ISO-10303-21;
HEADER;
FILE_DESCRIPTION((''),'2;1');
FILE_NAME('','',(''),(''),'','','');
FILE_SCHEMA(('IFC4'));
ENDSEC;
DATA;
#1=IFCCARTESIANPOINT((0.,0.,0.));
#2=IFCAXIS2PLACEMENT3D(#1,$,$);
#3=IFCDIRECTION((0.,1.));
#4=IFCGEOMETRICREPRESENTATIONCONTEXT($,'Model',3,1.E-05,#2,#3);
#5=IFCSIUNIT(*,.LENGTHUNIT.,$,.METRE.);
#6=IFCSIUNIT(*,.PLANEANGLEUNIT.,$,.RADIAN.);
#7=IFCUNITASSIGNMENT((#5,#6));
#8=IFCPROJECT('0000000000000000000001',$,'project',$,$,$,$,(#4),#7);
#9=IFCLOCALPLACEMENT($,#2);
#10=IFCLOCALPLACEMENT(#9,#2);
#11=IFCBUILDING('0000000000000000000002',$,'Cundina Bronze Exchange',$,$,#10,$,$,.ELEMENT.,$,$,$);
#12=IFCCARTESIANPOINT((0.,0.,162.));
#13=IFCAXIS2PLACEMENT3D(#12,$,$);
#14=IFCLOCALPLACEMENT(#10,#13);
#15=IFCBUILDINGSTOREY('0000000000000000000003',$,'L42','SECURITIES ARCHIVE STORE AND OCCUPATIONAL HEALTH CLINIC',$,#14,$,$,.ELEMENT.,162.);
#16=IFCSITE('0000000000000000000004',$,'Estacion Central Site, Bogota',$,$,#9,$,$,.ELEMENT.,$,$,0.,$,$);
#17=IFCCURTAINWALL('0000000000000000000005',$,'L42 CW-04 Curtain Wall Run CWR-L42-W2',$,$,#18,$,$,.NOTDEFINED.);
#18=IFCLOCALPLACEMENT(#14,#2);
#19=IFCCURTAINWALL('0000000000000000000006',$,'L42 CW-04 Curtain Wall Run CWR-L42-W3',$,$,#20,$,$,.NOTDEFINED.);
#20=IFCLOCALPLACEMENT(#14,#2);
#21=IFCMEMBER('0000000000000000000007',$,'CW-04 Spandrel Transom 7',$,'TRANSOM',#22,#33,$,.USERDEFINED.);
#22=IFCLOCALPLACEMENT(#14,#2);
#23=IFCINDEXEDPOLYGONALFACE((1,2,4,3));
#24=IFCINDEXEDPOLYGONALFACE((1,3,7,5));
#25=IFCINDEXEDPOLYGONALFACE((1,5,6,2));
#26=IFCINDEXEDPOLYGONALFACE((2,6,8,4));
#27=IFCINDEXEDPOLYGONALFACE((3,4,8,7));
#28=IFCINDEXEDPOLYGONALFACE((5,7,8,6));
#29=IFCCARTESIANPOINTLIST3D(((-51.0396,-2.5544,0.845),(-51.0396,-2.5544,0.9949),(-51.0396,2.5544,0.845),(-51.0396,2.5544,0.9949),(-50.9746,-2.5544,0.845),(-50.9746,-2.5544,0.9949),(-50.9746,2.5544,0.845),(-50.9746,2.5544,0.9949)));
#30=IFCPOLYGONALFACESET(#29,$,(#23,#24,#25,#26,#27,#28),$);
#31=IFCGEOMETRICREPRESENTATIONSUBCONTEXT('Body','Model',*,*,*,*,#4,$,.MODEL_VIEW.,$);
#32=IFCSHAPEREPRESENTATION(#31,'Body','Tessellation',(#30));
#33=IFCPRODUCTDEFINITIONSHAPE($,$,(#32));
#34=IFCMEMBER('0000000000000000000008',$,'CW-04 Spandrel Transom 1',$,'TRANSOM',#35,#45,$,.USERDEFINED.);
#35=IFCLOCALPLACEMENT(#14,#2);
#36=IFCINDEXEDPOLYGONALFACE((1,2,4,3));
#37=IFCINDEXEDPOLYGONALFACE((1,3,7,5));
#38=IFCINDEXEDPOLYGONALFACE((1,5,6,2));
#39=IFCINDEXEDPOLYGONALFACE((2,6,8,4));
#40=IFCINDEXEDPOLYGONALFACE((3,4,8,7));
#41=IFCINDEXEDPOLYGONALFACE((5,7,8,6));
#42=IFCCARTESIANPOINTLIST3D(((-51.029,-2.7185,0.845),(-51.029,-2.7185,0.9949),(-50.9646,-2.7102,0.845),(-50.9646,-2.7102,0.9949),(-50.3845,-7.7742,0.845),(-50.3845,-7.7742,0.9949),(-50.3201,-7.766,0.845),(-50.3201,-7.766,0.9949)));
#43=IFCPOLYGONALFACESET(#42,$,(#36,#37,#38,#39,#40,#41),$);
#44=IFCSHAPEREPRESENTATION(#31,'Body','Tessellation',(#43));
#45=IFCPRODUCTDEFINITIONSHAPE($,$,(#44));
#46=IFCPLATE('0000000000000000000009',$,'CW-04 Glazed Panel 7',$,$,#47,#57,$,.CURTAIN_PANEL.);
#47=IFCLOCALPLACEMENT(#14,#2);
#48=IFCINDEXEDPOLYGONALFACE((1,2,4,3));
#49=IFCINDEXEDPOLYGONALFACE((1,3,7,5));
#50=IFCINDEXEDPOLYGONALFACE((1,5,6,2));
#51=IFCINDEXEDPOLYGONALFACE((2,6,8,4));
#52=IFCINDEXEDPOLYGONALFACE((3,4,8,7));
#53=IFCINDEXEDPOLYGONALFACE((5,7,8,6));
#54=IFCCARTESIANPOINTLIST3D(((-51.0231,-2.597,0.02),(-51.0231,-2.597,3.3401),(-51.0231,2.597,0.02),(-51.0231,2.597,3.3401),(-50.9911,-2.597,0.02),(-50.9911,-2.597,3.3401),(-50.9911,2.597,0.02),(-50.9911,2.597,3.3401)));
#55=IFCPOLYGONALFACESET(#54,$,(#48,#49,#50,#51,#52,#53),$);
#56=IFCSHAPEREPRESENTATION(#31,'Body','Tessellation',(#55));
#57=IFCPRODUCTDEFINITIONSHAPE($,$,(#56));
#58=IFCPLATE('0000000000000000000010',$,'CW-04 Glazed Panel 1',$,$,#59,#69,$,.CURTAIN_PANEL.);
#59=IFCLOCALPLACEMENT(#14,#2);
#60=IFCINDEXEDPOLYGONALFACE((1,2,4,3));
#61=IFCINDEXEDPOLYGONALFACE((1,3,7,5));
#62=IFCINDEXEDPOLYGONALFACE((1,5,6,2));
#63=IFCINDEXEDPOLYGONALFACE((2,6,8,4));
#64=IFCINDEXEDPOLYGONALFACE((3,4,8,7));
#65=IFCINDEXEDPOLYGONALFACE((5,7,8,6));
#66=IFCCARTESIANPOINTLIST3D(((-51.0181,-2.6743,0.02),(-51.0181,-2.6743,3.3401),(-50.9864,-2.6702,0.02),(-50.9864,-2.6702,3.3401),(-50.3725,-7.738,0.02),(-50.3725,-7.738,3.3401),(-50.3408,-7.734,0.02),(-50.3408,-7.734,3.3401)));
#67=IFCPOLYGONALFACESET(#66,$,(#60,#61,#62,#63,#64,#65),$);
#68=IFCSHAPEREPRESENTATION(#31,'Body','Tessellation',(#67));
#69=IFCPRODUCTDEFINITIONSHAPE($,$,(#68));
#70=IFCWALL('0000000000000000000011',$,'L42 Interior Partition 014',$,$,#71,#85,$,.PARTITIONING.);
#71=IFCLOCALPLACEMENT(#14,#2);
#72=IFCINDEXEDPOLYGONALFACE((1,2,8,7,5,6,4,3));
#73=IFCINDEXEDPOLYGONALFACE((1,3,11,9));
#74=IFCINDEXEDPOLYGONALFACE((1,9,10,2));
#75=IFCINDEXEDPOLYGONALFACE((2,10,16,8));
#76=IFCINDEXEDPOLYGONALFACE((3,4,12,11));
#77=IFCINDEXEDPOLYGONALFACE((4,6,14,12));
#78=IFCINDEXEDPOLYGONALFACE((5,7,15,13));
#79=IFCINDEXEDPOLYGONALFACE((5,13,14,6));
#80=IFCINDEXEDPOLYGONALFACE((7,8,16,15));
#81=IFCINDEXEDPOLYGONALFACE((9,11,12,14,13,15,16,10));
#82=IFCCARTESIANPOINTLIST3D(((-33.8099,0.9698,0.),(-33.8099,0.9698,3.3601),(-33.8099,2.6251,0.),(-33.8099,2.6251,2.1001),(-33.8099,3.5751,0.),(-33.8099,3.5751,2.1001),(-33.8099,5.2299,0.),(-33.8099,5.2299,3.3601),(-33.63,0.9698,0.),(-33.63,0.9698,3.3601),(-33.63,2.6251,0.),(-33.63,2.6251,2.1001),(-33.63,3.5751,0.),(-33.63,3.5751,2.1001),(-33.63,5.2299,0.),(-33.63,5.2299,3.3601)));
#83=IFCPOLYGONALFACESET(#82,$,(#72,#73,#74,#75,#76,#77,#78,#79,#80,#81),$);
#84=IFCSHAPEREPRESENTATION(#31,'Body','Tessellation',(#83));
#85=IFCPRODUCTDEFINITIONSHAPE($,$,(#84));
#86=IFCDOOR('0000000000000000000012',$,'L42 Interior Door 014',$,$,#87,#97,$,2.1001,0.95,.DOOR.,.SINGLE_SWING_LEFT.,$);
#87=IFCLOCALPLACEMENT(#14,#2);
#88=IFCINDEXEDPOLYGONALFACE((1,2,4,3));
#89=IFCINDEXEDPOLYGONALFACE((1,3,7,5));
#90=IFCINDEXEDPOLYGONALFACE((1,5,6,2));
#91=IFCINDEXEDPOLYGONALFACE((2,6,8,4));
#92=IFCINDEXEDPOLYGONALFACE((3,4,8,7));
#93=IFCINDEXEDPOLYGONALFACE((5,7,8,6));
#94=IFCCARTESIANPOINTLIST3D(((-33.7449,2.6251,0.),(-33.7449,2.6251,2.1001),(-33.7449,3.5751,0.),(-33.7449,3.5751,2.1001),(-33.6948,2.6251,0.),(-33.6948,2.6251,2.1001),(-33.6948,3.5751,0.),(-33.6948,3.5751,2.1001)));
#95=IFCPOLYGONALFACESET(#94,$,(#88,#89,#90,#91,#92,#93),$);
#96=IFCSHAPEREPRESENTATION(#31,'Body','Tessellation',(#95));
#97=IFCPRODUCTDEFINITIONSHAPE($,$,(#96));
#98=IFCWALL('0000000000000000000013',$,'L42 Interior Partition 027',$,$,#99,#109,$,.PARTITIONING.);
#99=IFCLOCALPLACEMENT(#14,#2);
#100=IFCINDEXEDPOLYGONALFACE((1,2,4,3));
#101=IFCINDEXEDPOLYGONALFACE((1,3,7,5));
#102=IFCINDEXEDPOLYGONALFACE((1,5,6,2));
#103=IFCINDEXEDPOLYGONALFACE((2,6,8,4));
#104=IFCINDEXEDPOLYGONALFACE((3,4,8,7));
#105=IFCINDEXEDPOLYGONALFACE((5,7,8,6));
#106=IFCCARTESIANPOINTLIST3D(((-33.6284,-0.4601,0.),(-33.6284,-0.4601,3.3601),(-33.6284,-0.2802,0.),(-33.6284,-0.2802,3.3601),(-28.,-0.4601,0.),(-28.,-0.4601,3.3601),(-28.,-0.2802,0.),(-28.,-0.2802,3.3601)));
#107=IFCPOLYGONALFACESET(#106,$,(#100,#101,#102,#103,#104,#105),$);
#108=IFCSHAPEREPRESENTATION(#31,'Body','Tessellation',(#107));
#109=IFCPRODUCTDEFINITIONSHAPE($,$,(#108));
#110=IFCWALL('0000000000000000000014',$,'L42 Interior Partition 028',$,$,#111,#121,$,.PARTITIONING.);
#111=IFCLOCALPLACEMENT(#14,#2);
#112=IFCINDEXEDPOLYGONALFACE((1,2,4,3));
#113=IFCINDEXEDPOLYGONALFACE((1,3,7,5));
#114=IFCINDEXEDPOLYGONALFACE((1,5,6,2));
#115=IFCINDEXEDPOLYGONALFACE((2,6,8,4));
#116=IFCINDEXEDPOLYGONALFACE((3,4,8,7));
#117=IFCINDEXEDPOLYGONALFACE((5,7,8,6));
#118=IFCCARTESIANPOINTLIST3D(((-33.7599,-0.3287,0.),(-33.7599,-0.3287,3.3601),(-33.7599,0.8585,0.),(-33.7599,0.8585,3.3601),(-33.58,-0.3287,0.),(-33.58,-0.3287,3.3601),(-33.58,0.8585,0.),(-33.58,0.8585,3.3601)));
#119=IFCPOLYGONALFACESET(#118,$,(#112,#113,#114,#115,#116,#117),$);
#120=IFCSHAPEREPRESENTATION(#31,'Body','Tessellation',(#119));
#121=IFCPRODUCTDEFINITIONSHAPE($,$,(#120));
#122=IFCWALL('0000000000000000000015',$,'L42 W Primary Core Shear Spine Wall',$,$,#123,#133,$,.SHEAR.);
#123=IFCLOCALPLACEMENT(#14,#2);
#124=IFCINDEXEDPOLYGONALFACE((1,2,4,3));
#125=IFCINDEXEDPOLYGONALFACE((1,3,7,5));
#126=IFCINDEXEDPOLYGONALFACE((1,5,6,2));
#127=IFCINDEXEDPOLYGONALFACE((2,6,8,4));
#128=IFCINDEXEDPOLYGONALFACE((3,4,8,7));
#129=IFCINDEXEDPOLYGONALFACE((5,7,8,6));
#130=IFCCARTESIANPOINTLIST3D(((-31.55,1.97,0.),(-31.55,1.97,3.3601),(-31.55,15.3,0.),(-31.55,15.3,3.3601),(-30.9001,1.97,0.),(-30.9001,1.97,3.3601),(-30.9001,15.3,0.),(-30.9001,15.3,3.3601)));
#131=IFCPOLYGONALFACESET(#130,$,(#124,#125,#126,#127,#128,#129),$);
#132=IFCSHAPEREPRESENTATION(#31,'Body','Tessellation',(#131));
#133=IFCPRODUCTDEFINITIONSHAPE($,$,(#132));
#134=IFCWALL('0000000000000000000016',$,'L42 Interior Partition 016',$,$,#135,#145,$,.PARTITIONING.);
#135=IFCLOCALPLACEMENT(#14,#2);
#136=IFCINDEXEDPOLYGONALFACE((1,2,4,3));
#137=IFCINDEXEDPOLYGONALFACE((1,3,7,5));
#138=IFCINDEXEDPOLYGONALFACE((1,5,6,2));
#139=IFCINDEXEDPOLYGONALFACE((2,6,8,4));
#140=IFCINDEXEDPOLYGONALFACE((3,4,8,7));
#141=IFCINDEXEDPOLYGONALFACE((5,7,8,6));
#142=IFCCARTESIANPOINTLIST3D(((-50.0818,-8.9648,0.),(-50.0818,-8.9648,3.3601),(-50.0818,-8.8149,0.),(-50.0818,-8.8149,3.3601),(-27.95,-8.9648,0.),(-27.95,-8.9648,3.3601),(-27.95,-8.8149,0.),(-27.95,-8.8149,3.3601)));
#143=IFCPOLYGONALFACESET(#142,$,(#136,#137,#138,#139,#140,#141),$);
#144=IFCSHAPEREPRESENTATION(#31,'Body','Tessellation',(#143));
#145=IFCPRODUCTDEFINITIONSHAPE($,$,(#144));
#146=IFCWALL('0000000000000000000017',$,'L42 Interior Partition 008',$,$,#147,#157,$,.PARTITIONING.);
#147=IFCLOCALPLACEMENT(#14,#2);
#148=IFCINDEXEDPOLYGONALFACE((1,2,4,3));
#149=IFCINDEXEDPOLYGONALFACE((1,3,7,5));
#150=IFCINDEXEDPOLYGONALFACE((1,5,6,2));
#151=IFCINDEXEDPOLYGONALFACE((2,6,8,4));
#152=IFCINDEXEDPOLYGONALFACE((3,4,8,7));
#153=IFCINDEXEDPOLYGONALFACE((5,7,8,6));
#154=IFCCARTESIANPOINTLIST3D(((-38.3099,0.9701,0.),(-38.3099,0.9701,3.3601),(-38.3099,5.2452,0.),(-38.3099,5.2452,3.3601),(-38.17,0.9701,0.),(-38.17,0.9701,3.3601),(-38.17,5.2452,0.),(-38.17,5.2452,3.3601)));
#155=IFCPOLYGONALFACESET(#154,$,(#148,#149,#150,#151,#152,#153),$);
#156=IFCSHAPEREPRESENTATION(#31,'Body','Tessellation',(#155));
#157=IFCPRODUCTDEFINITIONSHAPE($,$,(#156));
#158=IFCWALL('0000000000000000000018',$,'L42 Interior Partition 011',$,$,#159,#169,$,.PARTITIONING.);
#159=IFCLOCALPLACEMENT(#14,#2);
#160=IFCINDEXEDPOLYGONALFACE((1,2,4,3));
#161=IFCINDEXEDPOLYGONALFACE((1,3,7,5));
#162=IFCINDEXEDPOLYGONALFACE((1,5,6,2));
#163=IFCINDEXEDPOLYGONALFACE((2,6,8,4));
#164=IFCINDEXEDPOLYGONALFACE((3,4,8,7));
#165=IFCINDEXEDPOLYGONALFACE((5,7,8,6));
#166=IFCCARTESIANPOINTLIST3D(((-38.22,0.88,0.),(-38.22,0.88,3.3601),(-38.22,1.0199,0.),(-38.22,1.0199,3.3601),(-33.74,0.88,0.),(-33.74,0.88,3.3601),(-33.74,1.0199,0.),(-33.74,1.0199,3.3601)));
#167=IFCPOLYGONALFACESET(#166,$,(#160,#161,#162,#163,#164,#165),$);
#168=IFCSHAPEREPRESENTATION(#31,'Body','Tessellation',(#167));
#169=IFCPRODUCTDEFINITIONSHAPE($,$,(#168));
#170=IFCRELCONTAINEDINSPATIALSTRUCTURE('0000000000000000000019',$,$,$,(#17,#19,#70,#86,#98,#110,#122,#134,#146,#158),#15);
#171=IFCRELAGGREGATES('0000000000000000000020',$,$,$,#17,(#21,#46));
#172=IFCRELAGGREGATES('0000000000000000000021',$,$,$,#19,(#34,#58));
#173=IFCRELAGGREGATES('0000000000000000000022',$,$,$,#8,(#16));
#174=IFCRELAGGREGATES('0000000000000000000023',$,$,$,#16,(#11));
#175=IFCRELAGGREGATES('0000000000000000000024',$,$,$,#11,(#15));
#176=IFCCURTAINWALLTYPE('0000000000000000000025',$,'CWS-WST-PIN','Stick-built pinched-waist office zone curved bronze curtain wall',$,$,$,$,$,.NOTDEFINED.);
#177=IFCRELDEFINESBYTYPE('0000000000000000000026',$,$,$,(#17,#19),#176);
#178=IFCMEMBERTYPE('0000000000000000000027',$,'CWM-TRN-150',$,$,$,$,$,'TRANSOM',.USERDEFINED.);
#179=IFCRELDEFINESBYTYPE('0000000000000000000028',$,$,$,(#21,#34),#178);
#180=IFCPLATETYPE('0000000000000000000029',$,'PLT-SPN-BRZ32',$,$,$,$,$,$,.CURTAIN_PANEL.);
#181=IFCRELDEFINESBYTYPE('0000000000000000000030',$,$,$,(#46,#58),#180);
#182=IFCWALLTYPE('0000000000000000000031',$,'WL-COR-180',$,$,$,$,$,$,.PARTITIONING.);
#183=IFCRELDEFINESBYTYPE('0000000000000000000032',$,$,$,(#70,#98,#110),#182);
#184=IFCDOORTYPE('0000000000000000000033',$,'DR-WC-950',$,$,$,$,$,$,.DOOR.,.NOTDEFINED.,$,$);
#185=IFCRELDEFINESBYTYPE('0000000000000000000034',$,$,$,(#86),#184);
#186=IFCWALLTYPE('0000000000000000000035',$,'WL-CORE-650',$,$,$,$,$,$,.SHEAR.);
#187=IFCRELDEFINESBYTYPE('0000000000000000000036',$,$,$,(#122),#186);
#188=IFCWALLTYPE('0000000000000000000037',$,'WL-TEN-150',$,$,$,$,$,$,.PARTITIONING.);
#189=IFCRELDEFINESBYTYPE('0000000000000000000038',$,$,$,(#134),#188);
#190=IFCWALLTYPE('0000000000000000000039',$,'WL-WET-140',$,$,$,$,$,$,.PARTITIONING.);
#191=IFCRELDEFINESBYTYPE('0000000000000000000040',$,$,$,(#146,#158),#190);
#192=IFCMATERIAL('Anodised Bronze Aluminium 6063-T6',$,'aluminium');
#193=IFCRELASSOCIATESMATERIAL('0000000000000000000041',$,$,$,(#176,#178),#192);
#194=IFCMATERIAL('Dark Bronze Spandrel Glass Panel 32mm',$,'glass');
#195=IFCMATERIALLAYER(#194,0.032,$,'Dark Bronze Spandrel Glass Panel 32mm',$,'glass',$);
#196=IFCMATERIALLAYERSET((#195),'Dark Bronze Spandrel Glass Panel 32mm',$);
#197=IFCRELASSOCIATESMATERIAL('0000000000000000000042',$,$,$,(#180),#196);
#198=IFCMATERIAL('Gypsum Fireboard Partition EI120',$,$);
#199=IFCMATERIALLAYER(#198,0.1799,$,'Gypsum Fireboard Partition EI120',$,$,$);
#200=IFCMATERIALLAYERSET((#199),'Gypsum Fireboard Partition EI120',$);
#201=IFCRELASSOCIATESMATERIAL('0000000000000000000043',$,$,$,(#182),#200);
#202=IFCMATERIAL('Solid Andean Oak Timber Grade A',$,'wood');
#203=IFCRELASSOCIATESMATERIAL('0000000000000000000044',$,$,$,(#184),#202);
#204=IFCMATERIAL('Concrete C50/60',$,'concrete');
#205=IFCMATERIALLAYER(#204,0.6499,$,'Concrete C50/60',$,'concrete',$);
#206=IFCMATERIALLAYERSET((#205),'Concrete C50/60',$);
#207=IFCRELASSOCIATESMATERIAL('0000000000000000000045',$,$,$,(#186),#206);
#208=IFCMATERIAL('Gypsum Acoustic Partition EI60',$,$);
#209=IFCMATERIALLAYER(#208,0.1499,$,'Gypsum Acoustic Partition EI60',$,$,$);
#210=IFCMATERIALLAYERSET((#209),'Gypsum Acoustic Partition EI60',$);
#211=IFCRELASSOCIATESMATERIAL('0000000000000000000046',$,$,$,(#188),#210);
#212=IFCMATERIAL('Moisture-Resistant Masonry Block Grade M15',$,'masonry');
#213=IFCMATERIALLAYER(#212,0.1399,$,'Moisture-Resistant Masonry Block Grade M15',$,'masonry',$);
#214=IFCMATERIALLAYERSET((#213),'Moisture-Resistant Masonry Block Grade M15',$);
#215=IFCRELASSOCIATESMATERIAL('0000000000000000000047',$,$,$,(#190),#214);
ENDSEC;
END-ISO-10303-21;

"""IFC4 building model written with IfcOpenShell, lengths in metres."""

from ifc_helpers import new_model, si_unit, direction, frame, frame_2d, origin, origin_2d, place, context, subcontext, project, spatial, rectangle, extrude, material, layer, layer_set, material_profile, profile_set, type_object, element, fill, aggregate, save


model = new_model("IFC4")

# Units and contexts
model_context = context("Model", 3, precision=1e-05, world=origin(), true_north=direction((0.0, 1.0)))
body_context = subcontext(model_context, "Body", "Model", "MODEL_VIEW")
ifc_project = project(units=[si_unit("LENGTHUNIT", "METRE"), si_unit("PLANEANGLEUNIT", "RADIAN")], contexts=[model_context])

# Site, building, storey
site_placement = place(None, origin())
site = spatial("IfcSite", under=ifc_project, at=site_placement, Name="Estacion Central Site, Bogota", CompositionType="ELEMENT", RefElevation=0.0)
building_placement = place(site_placement, origin())
building = spatial("IfcBuilding", under=site, at=building_placement, Name="Cundina Bronze Exchange", CompositionType="ELEMENT")
storey_placement = place(building_placement, frame((0.0, 0.0, 162.0)))
storey = spatial("IfcBuildingStorey", under=building, at=storey_placement, Name="L42", Description="SECURITIES ARCHIVE STORE AND OCCUPATIONAL HEALTH CLINIC", CompositionType="ELEMENT", Elevation=162.0)

# Shared definitions
ifc_material_1 = material(Name="Concrete C50/60", Category="concrete")

# Curtain walls
ifc_material_2 = material(Name="Anodised Bronze Aluminium 6063-T6", Category="aluminium")
curtain_wall_type = type_object("IfcCurtainWallType", Name="CWS-WST-PIN", Description="Stick-built pinched-waist office zone curved bronze curtain wall", PredefinedType="NOTDEFINED", material=ifc_material_2)
curtain_wall_1_placement = place(storey_placement, origin())
curtain_wall_1 = element("IfcCurtainWall", 1, at=curtain_wall_1_placement, inside=storey, type_object=curtain_wall_type, Name="L42 CW-04 Curtain Wall Run CWR-L42-W2", PredefinedType="NOTDEFINED")
curtain_wall_2_placement = place(storey_placement, origin())
curtain_wall_2 = element("IfcCurtainWall", 2, at=curtain_wall_2_placement, inside=storey, type_object=curtain_wall_type, Name="L42 CW-04 Curtain Wall Run CWR-L42-W3", PredefinedType="NOTDEFINED")

# Members
ifc_material_profile_1 = material_profile(ifc_material_2, rectangle(XDim=0.0649, YDim=0.1499, at=origin_2d()), Name="AL65X150", Category="aluminium")
ifc_profile_set_1 = profile_set([ifc_material_profile_1], Name="Anodised Bronze Aluminium 6063-T6")
member_type_1 = type_object("IfcMemberType", Name="CWM-TRN-150", ElementType="TRANSOM", PredefinedType="USERDEFINED", material=ifc_profile_set_1)
member_1_placement = place(storey_placement, frame((-51.0071, 2.5544, 0.9199), z_axis=(0.0, -1.0, 0.0), x_axis=(1.0, 0.0, 0.0)))
member_1 = element("IfcMember", 3, at=member_1_placement, type_object=member_type_1, Name="CW-04 Spandrel Transom 7", ObjectType="TRANSOM", PredefinedType="USERDEFINED", context=body_context, shape_type="SweptSolid", body=[
    extrude(rectangle(XDim=0.0649, YDim=0.1499, at=origin_2d()), origin(), (0.0, 0.0, 1.0), 5.1089),
])
member_2_placement = place(storey_placement, frame((-50.9968, -2.7144, 0.9199), z_axis=(0.126463, -0.991971, 0.0), x_axis=(0.991971, 0.126463, 0.0)))
member_2 = element("IfcMember", 4, at=member_2_placement, type_object=member_type_1, Name="CW-04 Spandrel Transom 1", ObjectType="TRANSOM", PredefinedType="USERDEFINED", context=body_context, shape_type="SweptSolid", body=[
    extrude(rectangle(XDim=0.0649, YDim=0.1499, at=origin_2d()), origin(), (0.0, 0.0, 1.0), 5.0967),
])

# Plates
ifc_material_3 = material(Name="Dark Bronze Spandrel Glass Panel 32mm", Category="glass")
ifc_layer_1 = layer(ifc_material_3, 0.032, Name="Dark Bronze Spandrel Glass Panel 32mm", Category="glass")
ifc_layer_set_1 = layer_set([ifc_layer_1], Name="Dark Bronze Spandrel Glass Panel 32mm")
plate_type = type_object("IfcPlateType", Name="PLT-SPN-BRZ32", PredefinedType="CURTAIN_PANEL", material=ifc_layer_set_1)
plate_1_placement = place(storey_placement, frame((-51.0071, 0.0, 0.02), z_axis=(0.0, 0.0, 1.0), x_axis=(0.0, -1.0, 0.0)))
plate_1 = element("IfcPlate", 5, at=plate_1_placement, type_object=plate_type, Name="CW-04 Glazed Panel 7", PredefinedType="CURTAIN_PANEL", context=body_context, shape_type="SweptSolid", body=[
    extrude(rectangle(XDim=5.1941, YDim=0.032, at=origin_2d()), origin(), (0.0, 0.0, 1.0), 3.3201),
])
aggregate(curtain_wall_1, [member_1, plate_1])
plate_2_placement = place(storey_placement, frame((-50.6794, -5.2041, 0.02), z_axis=(0.0, 0.0, 1.0), x_axis=(0.126476, -0.99197, 0.0)))
plate_2 = element("IfcPlate", 6, at=plate_2_placement, type_object=plate_type, Name="CW-04 Glazed Panel 1", PredefinedType="CURTAIN_PANEL", context=body_context, shape_type="SweptSolid", body=[
    extrude(rectangle(XDim=5.1047, YDim=0.032, at=origin_2d()), origin(), (0.0, 0.0, 1.0), 3.3201),
])
aggregate(curtain_wall_2, [member_2, plate_2])

# Wall, opening, door
ifc_material_4 = material(Name="Gypsum Fireboard Partition EI120")
ifc_layer_2 = layer(ifc_material_4, 0.1799, Name="Gypsum Fireboard Partition EI120")
ifc_layer_set_2 = layer_set([ifc_layer_2], Name="Gypsum Fireboard Partition EI120")
wall_type_1 = type_object("IfcWallType", Name="WL-COR-180", PredefinedType="PARTITIONING", material=ifc_layer_set_2)
wall_1_placement = place(storey_placement, frame((-33.72, 0.97, 0.0), z_axis=(0.0, 0.0, 1.0), x_axis=(0.0, 1.0, 0.0)))
wall_1 = element("IfcWall", 7, at=wall_1_placement, inside=storey, type_object=wall_type_1, Name="L42 Interior Partition 014", PredefinedType="PARTITIONING", context=body_context, shape_type="SweptSolid", body=[
    extrude(rectangle(XDim=4.26, YDim=0.1799, at=frame_2d((2.1299, 0.0))), origin(), (0.0, 0.0, 1.0), 3.3601),
])
opening_1_placement = place(wall_1_placement, frame((1.655, 0.0, 0.0)))
opening_1 = element("IfcOpeningElement", 8, at=opening_1_placement, cuts=wall_1, PredefinedType="OPENING", context=body_context, shape_type="SweptSolid", body=[
    extrude(rectangle(XDim=0.95, YDim=2.1001, at=frame_2d((0.4751, 1.05))), frame((0.0, 0.0999, 0.0), z_axis=(0.0, -1.0, 0.0), x_axis=(1.0, 0.0, 0.0)), (0.0, 0.0, 1.0), 0.2),
])
ifc_material_5 = material(Name="Solid Andean Oak Timber Grade A", Category="wood")
door_type_1 = type_object("IfcDoorType", Name="DR-WC-950", OperationType="NOTDEFINED", PredefinedType="DOOR", material=ifc_material_5)
door_1_placement = place(opening_1_placement, origin())
door_1 = element("IfcDoor", 9, at=door_1_placement, inside=storey, type_object=door_type_1, Name="L42 Interior Door 014", OperationType="SINGLE_SWING_LEFT", OverallHeight=2.1001, OverallWidth=0.95, PredefinedType="DOOR", context=body_context, shape_type="SweptSolid", body=[
    extrude(rectangle(XDim=0.95, YDim=2.1001, at=frame_2d((0.4751, 1.05))), frame((0.0, 0.0249, 0.0), z_axis=(0.0, -1.0, 0.0), x_axis=(1.0, 0.0, 0.0)), (0.0, 0.0, 1.0), 0.05),
])
fill(opening_1, door_1)

# Walls
wall_2_placement = place(storey_placement, frame((-33.6284, -0.3701, 0.0), z_axis=(0.0, 0.0, 1.0), x_axis=(1.0, 0.0, 0.0)))
element("IfcWall", 10, at=wall_2_placement, inside=storey, type_object=wall_type_1, Name="L42 Interior Partition 027", PredefinedType="PARTITIONING", context=body_context, shape_type="SweptSolid", body=[
    extrude(rectangle(XDim=5.6284, YDim=0.1799, at=frame_2d((2.8142, 0.0))), origin(), (0.0, 0.0, 1.0), 3.3601),
])
wall_3_placement = place(storey_placement, frame((-33.6699, 0.8586, 0.0), z_axis=(0.0, 0.0, 1.0), x_axis=(0.0, -1.0, 0.0)))
element("IfcWall", 11, at=wall_3_placement, inside=storey, type_object=wall_type_1, Name="L42 Interior Partition 028", PredefinedType="PARTITIONING", context=body_context, shape_type="SweptSolid", body=[
    extrude(rectangle(XDim=1.1873, YDim=0.1799, at=frame_2d((0.5938, 0.0))), origin(), (0.0, 0.0, 1.0), 3.3601),
])
ifc_layer_3 = layer(ifc_material_1, 0.6499, Name="Concrete C50/60", Category="concrete")
ifc_layer_set_3 = layer_set([ifc_layer_3], Name="Concrete C50/60")
wall_type_2 = type_object("IfcWallType", Name="WL-CORE-650", PredefinedType="SHEAR", material=ifc_layer_set_3)
wall_4_placement = place(storey_placement, frame((-31.2251, 1.97, 0.0), z_axis=(0.0, 0.0, 1.0), x_axis=(0.0, 1.0, 0.0)))
element("IfcWall", 12, at=wall_4_placement, inside=storey, type_object=wall_type_2, Name="L42 W Primary Core Shear Spine Wall", PredefinedType="SHEAR", context=body_context, shape_type="SweptSolid", body=[
    extrude(rectangle(XDim=13.3301, YDim=0.6499, at=frame_2d((6.665, 0.0))), origin(), (0.0, 0.0, 1.0), 3.3601),
])
ifc_material_6 = material(Name="Gypsum Acoustic Partition EI60")
ifc_layer_4 = layer(ifc_material_6, 0.1499, Name="Gypsum Acoustic Partition EI60")
ifc_layer_set_4 = layer_set([ifc_layer_4], Name="Gypsum Acoustic Partition EI60")
wall_type_3 = type_object("IfcWallType", Name="WL-TEN-150", PredefinedType="PARTITIONING", material=ifc_layer_set_4)
wall_5_placement = place(storey_placement, frame((-50.0818, -8.8899, 0.0), z_axis=(0.0, 0.0, 1.0), x_axis=(1.0, 0.0, 0.0)))
element("IfcWall", 13, at=wall_5_placement, inside=storey, type_object=wall_type_3, Name="L42 Interior Partition 016", PredefinedType="PARTITIONING", context=body_context, shape_type="SweptSolid", body=[
    extrude(rectangle(XDim=22.1318, YDim=0.1499, at=frame_2d((11.0659, 0.0))), origin(), (0.0, 0.0, 1.0), 3.3601),
])
ifc_material_7 = material(Name="Moisture-Resistant Masonry Block Grade M15", Category="masonry")
ifc_layer_5 = layer(ifc_material_7, 0.1399, Name="Moisture-Resistant Masonry Block Grade M15", Category="masonry")
ifc_layer_set_5 = layer_set([ifc_layer_5], Name="Moisture-Resistant Masonry Block Grade M15")
wall_type_4 = type_object("IfcWallType", Name="WL-WET-140", PredefinedType="PARTITIONING", material=ifc_layer_set_5)
wall_6_placement = place(storey_placement, frame((-38.24, 0.97, 0.0), z_axis=(0.0, 0.0, 1.0), x_axis=(0.0, 1.0, 0.0)))
element("IfcWall", 14, at=wall_6_placement, inside=storey, type_object=wall_type_4, Name="L42 Interior Partition 008", PredefinedType="PARTITIONING", context=body_context, shape_type="SweptSolid", body=[
    extrude(rectangle(XDim=4.2751, YDim=0.1399, at=frame_2d((2.1377, 0.0))), origin(), (0.0, 0.0, 1.0), 3.3601),
])
wall_7_placement = place(storey_placement, frame((-38.22, 0.95, 0.0), z_axis=(0.0, 0.0, 1.0), x_axis=(1.0, 0.0, 0.0)))
element("IfcWall", 15, at=wall_7_placement, inside=storey, type_object=wall_type_4, Name="L42 Interior Partition 011", PredefinedType="PARTITIONING", context=body_context, shape_type="SweptSolid", body=[
    extrude(rectangle(XDim=4.48, YDim=0.1399, at=frame_2d((2.24, 0.0))), origin(), (0.0, 0.0, 1.0), 3.3601),
])

save(model, "model.ifc")
